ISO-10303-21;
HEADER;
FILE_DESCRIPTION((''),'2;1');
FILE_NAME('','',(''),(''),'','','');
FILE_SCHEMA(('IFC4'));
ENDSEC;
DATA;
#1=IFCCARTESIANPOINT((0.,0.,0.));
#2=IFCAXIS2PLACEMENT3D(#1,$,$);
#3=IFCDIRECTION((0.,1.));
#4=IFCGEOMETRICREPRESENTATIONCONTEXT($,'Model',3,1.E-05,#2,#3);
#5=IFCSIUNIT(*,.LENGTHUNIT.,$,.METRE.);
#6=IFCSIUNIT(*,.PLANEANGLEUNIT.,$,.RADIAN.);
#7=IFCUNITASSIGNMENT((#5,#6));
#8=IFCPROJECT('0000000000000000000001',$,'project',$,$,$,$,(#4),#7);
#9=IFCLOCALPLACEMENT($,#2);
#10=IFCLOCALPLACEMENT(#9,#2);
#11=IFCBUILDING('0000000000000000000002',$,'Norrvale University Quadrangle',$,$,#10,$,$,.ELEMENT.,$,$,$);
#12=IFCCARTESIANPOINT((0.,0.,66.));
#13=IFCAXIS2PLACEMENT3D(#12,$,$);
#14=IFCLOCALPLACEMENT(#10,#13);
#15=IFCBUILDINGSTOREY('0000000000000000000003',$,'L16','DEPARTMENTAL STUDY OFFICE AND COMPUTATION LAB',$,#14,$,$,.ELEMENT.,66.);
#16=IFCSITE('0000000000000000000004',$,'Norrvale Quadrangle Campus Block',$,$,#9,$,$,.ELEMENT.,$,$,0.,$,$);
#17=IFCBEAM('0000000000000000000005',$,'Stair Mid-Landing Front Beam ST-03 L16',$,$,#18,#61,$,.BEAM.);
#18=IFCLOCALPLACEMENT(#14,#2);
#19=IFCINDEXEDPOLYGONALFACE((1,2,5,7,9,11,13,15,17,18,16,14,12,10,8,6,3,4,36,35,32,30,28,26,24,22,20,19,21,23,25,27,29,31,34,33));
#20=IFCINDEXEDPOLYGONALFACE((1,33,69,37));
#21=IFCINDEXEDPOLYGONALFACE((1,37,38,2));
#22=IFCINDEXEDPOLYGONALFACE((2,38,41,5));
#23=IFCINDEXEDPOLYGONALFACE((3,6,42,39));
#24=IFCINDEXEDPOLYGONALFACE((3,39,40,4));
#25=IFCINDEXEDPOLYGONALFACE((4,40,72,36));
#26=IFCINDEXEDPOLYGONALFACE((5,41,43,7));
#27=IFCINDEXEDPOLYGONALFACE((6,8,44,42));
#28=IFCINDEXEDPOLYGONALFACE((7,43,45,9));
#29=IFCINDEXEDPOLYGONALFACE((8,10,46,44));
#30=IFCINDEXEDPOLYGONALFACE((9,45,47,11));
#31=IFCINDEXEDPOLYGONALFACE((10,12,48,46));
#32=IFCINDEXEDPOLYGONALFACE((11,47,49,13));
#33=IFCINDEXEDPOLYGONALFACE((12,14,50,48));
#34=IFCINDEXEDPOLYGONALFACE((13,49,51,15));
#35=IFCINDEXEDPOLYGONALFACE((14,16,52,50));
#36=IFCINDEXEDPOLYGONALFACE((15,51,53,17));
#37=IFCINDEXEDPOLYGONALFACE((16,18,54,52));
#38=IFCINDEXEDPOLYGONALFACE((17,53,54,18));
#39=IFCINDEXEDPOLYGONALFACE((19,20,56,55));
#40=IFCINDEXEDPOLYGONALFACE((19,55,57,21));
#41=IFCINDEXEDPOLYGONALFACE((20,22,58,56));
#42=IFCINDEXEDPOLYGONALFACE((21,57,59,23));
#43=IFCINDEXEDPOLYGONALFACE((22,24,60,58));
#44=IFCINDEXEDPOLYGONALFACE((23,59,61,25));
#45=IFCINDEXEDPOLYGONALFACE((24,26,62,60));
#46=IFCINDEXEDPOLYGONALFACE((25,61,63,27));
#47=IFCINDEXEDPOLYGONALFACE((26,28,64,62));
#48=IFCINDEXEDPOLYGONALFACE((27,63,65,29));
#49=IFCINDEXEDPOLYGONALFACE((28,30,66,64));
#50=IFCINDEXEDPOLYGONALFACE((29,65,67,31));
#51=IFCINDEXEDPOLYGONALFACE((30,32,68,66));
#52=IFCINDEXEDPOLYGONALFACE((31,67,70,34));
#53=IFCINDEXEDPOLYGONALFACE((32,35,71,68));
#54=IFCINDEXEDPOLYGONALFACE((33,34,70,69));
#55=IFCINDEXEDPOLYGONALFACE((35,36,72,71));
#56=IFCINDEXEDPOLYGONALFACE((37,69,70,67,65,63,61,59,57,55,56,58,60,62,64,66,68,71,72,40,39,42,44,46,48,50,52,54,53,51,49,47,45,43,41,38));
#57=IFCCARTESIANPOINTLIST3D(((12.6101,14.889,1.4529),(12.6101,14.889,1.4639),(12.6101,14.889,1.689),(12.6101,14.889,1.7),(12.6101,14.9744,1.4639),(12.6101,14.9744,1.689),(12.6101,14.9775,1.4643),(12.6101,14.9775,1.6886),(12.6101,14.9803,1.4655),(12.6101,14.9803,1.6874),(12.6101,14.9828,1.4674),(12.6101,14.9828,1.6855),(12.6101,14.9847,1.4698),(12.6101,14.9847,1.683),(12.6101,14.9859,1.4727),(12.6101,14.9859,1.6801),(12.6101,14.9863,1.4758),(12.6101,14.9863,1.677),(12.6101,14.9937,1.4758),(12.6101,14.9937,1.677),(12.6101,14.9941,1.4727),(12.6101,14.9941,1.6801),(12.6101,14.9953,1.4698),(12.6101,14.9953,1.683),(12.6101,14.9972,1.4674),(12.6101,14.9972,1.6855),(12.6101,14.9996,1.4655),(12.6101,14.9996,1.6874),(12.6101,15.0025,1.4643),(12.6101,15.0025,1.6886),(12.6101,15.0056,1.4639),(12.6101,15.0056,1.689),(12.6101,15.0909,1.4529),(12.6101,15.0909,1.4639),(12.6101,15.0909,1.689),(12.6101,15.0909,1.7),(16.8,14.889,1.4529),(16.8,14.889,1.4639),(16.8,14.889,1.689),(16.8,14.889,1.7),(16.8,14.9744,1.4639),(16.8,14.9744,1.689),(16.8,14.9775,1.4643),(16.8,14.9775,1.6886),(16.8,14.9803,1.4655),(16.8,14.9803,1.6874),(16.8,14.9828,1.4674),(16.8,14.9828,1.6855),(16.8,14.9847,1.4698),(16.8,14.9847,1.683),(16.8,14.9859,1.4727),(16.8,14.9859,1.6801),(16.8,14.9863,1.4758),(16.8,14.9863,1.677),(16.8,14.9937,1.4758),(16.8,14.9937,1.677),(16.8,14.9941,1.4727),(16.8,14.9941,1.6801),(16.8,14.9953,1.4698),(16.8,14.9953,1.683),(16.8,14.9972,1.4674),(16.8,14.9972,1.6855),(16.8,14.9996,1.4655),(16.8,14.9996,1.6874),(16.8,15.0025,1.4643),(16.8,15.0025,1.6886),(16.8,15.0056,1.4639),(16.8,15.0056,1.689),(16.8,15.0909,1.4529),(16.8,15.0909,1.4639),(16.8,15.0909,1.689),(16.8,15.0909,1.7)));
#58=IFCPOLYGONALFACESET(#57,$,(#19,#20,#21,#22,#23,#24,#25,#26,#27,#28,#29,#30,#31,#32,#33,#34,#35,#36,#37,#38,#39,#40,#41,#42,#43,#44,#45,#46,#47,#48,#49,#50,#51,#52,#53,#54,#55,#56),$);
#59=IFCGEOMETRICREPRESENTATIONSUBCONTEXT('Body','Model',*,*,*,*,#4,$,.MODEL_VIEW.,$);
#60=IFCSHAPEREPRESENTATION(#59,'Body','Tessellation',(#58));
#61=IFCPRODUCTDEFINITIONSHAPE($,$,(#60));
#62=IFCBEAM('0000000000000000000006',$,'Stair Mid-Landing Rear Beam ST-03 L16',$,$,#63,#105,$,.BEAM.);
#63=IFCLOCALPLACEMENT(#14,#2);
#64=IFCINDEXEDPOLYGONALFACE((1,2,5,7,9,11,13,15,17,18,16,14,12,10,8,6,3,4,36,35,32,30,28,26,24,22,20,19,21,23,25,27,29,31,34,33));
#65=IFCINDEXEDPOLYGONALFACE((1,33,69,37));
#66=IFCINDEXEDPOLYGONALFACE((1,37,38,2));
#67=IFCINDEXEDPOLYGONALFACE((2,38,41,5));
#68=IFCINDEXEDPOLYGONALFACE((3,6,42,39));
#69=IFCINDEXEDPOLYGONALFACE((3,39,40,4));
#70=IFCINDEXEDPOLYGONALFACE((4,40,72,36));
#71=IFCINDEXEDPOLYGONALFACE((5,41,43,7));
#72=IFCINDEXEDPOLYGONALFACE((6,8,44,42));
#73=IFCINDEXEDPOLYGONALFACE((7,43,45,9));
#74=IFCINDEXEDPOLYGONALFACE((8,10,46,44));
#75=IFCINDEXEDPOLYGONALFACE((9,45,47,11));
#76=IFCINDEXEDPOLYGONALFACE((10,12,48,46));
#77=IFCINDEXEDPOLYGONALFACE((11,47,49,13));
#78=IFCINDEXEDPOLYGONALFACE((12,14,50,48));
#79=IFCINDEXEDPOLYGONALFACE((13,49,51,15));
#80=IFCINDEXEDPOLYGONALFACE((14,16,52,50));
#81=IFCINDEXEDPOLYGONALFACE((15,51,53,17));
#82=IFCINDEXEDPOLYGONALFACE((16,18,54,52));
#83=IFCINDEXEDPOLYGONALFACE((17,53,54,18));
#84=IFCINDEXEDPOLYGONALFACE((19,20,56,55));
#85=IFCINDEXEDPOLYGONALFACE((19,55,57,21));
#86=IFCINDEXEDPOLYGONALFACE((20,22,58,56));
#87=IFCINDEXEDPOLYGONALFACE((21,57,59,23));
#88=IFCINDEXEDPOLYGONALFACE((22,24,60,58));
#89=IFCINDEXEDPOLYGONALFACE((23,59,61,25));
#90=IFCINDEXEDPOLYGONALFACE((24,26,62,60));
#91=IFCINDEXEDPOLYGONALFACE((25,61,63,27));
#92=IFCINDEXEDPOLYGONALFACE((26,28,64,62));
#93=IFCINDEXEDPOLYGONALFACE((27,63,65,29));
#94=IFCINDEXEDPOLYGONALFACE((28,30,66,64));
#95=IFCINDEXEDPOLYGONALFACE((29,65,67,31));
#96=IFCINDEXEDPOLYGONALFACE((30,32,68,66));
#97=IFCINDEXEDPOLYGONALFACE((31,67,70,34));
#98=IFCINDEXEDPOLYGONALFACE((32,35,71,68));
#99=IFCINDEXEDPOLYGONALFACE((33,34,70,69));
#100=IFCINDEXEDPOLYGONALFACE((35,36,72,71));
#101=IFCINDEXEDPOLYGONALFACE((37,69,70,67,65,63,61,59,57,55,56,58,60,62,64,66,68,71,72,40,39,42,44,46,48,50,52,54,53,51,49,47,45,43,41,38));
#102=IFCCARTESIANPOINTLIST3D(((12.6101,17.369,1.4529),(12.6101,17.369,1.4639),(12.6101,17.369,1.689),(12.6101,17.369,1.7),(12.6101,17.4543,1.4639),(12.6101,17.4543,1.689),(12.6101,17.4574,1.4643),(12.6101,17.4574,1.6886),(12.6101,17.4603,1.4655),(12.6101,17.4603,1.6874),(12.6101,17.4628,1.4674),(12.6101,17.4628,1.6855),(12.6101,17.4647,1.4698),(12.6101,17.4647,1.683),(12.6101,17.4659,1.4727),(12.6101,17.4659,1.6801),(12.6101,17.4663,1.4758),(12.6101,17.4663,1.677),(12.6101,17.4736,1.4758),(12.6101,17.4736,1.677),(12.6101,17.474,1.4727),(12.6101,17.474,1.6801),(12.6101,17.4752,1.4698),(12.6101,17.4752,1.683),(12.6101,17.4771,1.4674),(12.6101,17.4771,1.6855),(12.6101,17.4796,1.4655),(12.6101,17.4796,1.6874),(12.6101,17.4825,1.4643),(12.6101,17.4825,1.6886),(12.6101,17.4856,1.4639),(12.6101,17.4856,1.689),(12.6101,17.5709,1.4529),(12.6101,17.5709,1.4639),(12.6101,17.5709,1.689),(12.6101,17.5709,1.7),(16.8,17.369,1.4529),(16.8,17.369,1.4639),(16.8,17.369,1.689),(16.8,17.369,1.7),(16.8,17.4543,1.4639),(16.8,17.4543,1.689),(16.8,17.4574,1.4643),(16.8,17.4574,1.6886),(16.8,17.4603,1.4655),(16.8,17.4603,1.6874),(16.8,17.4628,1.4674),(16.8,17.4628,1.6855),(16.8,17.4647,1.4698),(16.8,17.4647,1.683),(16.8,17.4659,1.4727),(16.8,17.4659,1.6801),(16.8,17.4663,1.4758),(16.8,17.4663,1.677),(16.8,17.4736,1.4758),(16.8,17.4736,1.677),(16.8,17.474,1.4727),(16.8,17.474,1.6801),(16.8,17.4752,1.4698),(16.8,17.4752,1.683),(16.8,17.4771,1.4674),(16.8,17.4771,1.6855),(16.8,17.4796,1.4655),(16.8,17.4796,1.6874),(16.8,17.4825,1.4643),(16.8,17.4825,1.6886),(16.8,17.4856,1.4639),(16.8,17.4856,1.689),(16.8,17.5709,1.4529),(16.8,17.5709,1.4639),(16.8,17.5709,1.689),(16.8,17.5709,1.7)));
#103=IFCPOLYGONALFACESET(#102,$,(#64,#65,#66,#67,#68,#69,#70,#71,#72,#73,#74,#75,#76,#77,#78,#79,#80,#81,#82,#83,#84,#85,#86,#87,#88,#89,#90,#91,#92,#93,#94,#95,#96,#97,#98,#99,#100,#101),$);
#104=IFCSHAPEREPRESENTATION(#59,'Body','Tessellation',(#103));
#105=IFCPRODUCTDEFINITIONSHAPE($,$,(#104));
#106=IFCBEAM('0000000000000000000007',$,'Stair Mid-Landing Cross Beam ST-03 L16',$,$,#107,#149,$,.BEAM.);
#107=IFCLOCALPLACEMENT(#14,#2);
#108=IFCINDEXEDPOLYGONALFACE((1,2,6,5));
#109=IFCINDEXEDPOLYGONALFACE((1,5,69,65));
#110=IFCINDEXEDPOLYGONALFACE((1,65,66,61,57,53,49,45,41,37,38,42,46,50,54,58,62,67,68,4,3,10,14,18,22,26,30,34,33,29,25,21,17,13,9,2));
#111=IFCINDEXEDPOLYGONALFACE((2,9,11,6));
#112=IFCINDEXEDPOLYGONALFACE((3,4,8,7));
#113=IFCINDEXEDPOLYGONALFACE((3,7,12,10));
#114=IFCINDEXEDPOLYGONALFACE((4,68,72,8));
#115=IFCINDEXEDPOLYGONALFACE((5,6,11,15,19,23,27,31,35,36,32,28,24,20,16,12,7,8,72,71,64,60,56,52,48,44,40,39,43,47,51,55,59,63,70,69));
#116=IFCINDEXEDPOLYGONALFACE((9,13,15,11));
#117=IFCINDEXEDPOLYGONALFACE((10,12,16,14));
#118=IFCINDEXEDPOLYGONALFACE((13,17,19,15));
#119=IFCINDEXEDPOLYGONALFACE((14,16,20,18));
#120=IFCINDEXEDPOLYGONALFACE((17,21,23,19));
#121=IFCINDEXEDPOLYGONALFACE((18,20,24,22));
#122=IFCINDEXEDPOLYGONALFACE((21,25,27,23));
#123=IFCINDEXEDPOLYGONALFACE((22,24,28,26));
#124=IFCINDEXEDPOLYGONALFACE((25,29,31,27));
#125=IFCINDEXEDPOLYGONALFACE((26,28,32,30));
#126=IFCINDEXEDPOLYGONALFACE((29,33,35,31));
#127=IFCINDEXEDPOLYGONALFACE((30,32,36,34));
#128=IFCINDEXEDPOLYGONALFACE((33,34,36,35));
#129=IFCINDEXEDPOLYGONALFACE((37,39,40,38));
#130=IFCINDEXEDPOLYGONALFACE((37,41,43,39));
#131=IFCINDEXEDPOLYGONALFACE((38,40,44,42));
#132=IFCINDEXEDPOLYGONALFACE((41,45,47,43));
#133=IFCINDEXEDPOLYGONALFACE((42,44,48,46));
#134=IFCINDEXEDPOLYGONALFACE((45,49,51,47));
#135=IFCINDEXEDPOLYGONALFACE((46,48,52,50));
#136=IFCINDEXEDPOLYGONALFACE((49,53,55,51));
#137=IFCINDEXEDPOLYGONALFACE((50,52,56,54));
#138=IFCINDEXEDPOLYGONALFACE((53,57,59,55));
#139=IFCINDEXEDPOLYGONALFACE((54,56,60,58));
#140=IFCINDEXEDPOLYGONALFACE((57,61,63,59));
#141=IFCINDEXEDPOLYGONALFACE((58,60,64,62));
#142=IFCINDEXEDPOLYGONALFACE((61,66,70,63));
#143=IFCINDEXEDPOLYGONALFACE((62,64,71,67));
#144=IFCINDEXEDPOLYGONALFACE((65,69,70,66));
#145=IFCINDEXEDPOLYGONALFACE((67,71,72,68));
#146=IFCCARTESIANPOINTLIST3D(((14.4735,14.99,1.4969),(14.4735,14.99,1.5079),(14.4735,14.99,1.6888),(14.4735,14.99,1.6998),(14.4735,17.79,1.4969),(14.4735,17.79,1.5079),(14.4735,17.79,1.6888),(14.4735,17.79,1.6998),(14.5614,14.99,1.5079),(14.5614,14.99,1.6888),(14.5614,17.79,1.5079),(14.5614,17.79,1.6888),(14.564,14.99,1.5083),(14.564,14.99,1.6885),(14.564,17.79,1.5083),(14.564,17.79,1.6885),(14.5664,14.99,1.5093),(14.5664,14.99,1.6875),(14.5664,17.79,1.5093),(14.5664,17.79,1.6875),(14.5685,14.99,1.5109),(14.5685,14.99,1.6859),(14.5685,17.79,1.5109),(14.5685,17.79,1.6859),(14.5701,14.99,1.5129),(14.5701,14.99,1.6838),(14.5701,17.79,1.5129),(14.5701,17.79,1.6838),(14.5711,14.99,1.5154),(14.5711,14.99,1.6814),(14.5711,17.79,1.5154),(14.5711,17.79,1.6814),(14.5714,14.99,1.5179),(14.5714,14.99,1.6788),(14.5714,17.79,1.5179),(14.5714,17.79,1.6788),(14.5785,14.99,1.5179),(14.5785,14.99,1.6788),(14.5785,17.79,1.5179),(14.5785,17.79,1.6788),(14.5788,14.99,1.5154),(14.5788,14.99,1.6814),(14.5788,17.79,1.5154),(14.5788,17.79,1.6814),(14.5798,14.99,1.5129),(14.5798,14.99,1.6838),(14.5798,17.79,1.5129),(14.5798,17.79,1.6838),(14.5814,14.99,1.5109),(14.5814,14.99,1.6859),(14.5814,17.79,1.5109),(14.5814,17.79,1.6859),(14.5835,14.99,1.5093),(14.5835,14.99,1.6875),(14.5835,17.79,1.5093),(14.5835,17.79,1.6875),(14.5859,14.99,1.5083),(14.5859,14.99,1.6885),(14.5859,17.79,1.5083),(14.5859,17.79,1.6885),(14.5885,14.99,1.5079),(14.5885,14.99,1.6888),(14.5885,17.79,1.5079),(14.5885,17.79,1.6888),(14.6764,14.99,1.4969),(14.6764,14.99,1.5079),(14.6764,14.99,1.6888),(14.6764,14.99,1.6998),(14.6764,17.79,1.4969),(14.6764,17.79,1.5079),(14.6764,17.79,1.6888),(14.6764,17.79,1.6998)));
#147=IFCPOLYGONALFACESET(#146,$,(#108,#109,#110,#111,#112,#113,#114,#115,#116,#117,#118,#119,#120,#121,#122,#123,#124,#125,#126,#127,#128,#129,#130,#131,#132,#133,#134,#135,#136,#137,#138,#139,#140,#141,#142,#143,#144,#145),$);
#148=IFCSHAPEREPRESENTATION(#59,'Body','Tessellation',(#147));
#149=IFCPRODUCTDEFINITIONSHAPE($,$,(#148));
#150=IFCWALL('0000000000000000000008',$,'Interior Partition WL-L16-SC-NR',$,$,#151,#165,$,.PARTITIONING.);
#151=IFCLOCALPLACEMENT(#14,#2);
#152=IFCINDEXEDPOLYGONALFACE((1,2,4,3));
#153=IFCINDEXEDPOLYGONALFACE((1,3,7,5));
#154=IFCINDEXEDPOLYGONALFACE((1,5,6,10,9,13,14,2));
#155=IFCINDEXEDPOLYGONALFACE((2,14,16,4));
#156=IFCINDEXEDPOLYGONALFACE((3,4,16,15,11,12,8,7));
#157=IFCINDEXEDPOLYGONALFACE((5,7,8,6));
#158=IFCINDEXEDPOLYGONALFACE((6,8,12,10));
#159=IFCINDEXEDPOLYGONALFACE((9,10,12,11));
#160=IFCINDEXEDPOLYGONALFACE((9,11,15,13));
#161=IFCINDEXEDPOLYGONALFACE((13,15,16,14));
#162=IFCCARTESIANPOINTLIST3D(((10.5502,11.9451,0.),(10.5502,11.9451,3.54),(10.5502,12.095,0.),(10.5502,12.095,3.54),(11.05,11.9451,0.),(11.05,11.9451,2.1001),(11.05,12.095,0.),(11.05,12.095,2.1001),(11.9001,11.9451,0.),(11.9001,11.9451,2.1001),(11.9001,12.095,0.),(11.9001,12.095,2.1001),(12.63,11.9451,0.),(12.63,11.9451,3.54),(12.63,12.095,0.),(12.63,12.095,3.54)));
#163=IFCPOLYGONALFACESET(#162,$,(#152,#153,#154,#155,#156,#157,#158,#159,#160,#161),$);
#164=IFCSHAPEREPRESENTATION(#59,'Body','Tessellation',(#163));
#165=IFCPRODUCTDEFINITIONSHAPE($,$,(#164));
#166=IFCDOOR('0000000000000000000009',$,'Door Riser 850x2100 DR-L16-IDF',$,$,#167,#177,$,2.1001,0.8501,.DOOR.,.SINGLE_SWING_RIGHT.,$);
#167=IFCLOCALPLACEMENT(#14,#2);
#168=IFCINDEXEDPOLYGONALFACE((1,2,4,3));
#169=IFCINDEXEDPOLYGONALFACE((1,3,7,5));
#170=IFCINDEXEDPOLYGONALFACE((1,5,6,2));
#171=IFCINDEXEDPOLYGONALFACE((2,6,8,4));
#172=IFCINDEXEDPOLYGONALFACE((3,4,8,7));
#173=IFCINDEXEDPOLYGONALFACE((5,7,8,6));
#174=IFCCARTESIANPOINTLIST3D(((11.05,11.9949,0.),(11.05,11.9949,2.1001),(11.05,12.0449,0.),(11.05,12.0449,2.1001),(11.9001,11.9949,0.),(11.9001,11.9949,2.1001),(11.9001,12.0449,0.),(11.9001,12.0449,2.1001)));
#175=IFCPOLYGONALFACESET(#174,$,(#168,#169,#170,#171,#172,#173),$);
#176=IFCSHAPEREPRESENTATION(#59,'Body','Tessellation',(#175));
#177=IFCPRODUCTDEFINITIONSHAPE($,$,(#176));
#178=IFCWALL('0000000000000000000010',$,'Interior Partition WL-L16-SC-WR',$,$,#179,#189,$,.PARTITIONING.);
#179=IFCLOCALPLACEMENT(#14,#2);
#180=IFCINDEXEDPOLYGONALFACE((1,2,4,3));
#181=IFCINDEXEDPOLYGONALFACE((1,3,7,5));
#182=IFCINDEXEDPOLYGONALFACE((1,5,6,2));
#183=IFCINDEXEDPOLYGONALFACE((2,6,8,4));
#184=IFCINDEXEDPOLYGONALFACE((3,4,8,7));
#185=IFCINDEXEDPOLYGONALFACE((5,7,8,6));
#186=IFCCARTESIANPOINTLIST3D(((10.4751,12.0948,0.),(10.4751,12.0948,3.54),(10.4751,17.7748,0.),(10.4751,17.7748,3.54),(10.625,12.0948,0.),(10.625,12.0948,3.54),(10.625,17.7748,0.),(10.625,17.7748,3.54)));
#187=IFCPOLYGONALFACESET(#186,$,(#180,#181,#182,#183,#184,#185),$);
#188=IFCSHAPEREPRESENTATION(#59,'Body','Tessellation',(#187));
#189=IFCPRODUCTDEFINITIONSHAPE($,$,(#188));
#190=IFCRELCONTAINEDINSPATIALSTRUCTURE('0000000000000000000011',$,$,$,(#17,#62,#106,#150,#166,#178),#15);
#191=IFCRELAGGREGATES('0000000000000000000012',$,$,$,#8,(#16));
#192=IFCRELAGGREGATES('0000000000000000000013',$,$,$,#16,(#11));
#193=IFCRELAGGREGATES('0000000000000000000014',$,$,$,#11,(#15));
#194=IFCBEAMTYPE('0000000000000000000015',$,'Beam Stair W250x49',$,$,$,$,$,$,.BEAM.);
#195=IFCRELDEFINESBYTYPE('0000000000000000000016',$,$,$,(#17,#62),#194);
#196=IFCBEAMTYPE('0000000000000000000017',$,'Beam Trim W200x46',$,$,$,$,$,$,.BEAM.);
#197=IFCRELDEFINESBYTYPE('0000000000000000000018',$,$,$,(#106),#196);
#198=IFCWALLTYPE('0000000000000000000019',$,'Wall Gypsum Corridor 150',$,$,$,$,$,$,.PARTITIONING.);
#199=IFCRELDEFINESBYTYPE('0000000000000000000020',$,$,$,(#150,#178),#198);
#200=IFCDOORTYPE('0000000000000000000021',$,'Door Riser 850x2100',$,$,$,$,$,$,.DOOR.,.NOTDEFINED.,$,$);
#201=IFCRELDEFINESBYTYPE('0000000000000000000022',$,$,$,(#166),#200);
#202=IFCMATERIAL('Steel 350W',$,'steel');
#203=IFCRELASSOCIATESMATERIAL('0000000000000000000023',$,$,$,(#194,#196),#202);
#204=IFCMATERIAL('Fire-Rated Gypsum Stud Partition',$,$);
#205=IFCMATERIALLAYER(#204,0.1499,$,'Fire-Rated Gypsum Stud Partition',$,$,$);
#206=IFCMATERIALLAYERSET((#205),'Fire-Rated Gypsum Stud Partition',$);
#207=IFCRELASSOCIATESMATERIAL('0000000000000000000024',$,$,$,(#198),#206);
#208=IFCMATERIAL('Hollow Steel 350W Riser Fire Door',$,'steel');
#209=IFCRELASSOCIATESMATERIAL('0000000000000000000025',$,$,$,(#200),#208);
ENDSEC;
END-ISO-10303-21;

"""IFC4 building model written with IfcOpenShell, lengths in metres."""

from ifc_helpers import new_model, si_unit, direction, frame, frame_2d, origin, origin_2d, place, context, subcontext, project, spatial, rectangle, i_section, extrude, material, layer, layer_set, material_profile, profile_set, type_object, element, fill, save


model = new_model("IFC4")

# Units and contexts
model_context = context("Model", 3, precision=1e-05, world=origin(), true_north=direction((0.0, 1.0)))
body_context = subcontext(model_context, "Body", "Model", "MODEL_VIEW")
ifc_project = project(units=[si_unit("LENGTHUNIT", "METRE"), si_unit("PLANEANGLEUNIT", "RADIAN")], contexts=[model_context])

# Site, building, storey
site_placement = place(None, origin())
site = spatial("IfcSite", under=ifc_project, at=site_placement, Name="Norrvale Quadrangle Campus Block", CompositionType="ELEMENT", RefElevation=0.0)
building_placement = place(site_placement, origin())
building = spatial("IfcBuilding", under=site, at=building_placement, Name="Norrvale University Quadrangle", CompositionType="ELEMENT")
storey_placement = place(building_placement, frame((0.0, 0.0, 66.0)))
storey = spatial("IfcBuildingStorey", under=building, at=storey_placement, Name="L16", Description="DEPARTMENTAL STUDY OFFICE AND COMPUTATION LAB", CompositionType="ELEMENT", Elevation=66.0)

# Beams
ifc_material_1 = material(Name="Steel 350W", Category="steel")
ifc_material_profile_1 = material_profile(ifc_material_1, i_section(OverallWidth=0.2019, OverallDepth=0.2471, WebThickness=0.0073, FlangeThickness=0.011, FilletRadius=0.012, at=origin_2d()), Name="Steel 350W")
ifc_profile_set_1 = profile_set([ifc_material_profile_1], Name="Steel 350W")
beam_type_1 = type_object("IfcBeamType", Name="Beam Stair W250x49", PredefinedType="BEAM", material=ifc_profile_set_1)
for number, where, z_axis, x_axis, name in (
    (1, (12.6101, 14.99, 1.5764), (1.0, 0.0, 0.0), (0.0, 1.0, 0.0), "Stair Mid-Landing Front Beam ST-03 L16"),
    (2, (12.6101, 17.47, 1.5764), (1.0, 0.0, 0.0), (0.0, 1.0, 0.0), "Stair Mid-Landing Rear Beam ST-03 L16"),
):
    element("IfcBeam", number, at=place(storey_placement, frame(where, z_axis=z_axis, x_axis=x_axis)), inside=storey, type_object=beam_type_1, Name=name, PredefinedType="BEAM", context=body_context, shape_type="SweptSolid", body=[
        extrude(i_section(OverallWidth=0.2019, OverallDepth=0.2471, WebThickness=0.0073, FlangeThickness=0.011, FilletRadius=0.012, at=origin_2d()), origin(), (0.0, 0.0, 1.0), 4.1899),
    ])
ifc_material_profile_2 = material_profile(ifc_material_1, i_section(OverallWidth=0.2029, OverallDepth=0.2029, WebThickness=0.0071, FlangeThickness=0.011, FilletRadius=0.01, at=origin_2d()), Name="Steel 350W")
ifc_profile_set_2 = profile_set([ifc_material_profile_2], Name="Steel 350W")
beam_type_2 = type_object("IfcBeamType", Name="Beam Trim W200x46", PredefinedType="BEAM", material=ifc_profile_set_2)
beam_placement = place(storey_placement, frame((14.575, 14.99, 1.5984), z_axis=(0.0, 1.0, 0.0), x_axis=(-1.0, 0.0, 0.0)))
element("IfcBeam", 3, at=beam_placement, inside=storey, type_object=beam_type_2, Name="Stair Mid-Landing Cross Beam ST-03 L16", PredefinedType="BEAM", context=body_context, shape_type="SweptSolid", body=[
    extrude(i_section(OverallWidth=0.2029, OverallDepth=0.2029, WebThickness=0.0071, FlangeThickness=0.011, FilletRadius=0.01, at=origin_2d()), origin(), (0.0, 0.0, 1.0), 2.8),
])

# Wall, opening, door
ifc_material_2 = material(Name="Fire-Rated Gypsum Stud Partition")
ifc_layer_1 = layer(ifc_material_2, 0.1499, Name="Fire-Rated Gypsum Stud Partition")
ifc_layer_set_1 = layer_set([ifc_layer_1], Name="Fire-Rated Gypsum Stud Partition")
wall_type_1 = type_object("IfcWallType", Name="Wall Gypsum Corridor 150", PredefinedType="PARTITIONING", material=ifc_layer_set_1)
wall_1_placement = place(storey_placement, frame((10.55, 12.02, 0.0), z_axis=(0.0, 0.0, 1.0), x_axis=(1.0, 0.0, 0.0)))
wall_1 = element("IfcWall", 4, at=wall_1_placement, inside=storey, type_object=wall_type_1, Name="Interior Partition WL-L16-SC-NR", PredefinedType="PARTITIONING", context=body_context, shape_type="SweptSolid", body=[
    extrude(rectangle(XDim=2.0798, YDim=0.1499, at=frame_2d((1.04, 0.0))), origin(), (0.0, 0.0, 1.0), 3.54),
])
opening_1_placement = place(wall_1_placement, frame((0.5, 0.0, 0.0)))
opening_1 = element("IfcOpeningElement", 5, at=opening_1_placement, cuts=wall_1, PredefinedType="OPENING", context=body_context, shape_type="SweptSolid", body=[
    extrude(rectangle(XDim=0.8501, YDim=2.1001, at=frame_2d((0.425, 1.05))), frame((0.0, 0.0869, 0.0), z_axis=(0.0, -1.0, 0.0), x_axis=(1.0, 0.0, 0.0)), (0.0, 0.0, 1.0), 0.1738),
])
ifc_material_3 = material(Name="Hollow Steel 350W Riser Fire Door", Category="steel")
door_type_1 = type_object("IfcDoorType", Name="Door Riser 850x2100", OperationType="NOTDEFINED", PredefinedType="DOOR", material=ifc_material_3)
door_1_placement = place(opening_1_placement, origin())
door_1 = element("IfcDoor", 6, at=door_1_placement, inside=storey, type_object=door_type_1, Name="Door Riser 850x2100 DR-L16-IDF", OperationType="SINGLE_SWING_RIGHT", OverallHeight=2.1001, OverallWidth=0.8501, PredefinedType="DOOR", context=body_context, shape_type="SweptSolid", body=[
    extrude(rectangle(XDim=0.8501, YDim=2.1001, at=frame_2d((0.425, 1.05))), frame((0.0, 0.0249, 0.0), z_axis=(0.0, -1.0, 0.0), x_axis=(1.0, 0.0, 0.0)), (0.0, 0.0, 1.0), 0.05),
])
fill(opening_1, door_1)

# Wall
wall_2_placement = place(storey_placement, frame((10.55, 12.095, 0.0), z_axis=(0.0, 0.0, 1.0), x_axis=(0.0, 1.0, 0.0)))
element("IfcWall", 7, at=wall_2_placement, inside=storey, type_object=wall_type_1, Name="Interior Partition WL-L16-SC-WR", PredefinedType="PARTITIONING", context=body_context, shape_type="SweptSolid", body=[
    extrude(rectangle(XDim=5.6799, YDim=0.1499, at=frame_2d((2.8398, 0.0))), origin(), (0.0, 0.0, 1.0), 3.54),
])

save(model, "model.ifc")
